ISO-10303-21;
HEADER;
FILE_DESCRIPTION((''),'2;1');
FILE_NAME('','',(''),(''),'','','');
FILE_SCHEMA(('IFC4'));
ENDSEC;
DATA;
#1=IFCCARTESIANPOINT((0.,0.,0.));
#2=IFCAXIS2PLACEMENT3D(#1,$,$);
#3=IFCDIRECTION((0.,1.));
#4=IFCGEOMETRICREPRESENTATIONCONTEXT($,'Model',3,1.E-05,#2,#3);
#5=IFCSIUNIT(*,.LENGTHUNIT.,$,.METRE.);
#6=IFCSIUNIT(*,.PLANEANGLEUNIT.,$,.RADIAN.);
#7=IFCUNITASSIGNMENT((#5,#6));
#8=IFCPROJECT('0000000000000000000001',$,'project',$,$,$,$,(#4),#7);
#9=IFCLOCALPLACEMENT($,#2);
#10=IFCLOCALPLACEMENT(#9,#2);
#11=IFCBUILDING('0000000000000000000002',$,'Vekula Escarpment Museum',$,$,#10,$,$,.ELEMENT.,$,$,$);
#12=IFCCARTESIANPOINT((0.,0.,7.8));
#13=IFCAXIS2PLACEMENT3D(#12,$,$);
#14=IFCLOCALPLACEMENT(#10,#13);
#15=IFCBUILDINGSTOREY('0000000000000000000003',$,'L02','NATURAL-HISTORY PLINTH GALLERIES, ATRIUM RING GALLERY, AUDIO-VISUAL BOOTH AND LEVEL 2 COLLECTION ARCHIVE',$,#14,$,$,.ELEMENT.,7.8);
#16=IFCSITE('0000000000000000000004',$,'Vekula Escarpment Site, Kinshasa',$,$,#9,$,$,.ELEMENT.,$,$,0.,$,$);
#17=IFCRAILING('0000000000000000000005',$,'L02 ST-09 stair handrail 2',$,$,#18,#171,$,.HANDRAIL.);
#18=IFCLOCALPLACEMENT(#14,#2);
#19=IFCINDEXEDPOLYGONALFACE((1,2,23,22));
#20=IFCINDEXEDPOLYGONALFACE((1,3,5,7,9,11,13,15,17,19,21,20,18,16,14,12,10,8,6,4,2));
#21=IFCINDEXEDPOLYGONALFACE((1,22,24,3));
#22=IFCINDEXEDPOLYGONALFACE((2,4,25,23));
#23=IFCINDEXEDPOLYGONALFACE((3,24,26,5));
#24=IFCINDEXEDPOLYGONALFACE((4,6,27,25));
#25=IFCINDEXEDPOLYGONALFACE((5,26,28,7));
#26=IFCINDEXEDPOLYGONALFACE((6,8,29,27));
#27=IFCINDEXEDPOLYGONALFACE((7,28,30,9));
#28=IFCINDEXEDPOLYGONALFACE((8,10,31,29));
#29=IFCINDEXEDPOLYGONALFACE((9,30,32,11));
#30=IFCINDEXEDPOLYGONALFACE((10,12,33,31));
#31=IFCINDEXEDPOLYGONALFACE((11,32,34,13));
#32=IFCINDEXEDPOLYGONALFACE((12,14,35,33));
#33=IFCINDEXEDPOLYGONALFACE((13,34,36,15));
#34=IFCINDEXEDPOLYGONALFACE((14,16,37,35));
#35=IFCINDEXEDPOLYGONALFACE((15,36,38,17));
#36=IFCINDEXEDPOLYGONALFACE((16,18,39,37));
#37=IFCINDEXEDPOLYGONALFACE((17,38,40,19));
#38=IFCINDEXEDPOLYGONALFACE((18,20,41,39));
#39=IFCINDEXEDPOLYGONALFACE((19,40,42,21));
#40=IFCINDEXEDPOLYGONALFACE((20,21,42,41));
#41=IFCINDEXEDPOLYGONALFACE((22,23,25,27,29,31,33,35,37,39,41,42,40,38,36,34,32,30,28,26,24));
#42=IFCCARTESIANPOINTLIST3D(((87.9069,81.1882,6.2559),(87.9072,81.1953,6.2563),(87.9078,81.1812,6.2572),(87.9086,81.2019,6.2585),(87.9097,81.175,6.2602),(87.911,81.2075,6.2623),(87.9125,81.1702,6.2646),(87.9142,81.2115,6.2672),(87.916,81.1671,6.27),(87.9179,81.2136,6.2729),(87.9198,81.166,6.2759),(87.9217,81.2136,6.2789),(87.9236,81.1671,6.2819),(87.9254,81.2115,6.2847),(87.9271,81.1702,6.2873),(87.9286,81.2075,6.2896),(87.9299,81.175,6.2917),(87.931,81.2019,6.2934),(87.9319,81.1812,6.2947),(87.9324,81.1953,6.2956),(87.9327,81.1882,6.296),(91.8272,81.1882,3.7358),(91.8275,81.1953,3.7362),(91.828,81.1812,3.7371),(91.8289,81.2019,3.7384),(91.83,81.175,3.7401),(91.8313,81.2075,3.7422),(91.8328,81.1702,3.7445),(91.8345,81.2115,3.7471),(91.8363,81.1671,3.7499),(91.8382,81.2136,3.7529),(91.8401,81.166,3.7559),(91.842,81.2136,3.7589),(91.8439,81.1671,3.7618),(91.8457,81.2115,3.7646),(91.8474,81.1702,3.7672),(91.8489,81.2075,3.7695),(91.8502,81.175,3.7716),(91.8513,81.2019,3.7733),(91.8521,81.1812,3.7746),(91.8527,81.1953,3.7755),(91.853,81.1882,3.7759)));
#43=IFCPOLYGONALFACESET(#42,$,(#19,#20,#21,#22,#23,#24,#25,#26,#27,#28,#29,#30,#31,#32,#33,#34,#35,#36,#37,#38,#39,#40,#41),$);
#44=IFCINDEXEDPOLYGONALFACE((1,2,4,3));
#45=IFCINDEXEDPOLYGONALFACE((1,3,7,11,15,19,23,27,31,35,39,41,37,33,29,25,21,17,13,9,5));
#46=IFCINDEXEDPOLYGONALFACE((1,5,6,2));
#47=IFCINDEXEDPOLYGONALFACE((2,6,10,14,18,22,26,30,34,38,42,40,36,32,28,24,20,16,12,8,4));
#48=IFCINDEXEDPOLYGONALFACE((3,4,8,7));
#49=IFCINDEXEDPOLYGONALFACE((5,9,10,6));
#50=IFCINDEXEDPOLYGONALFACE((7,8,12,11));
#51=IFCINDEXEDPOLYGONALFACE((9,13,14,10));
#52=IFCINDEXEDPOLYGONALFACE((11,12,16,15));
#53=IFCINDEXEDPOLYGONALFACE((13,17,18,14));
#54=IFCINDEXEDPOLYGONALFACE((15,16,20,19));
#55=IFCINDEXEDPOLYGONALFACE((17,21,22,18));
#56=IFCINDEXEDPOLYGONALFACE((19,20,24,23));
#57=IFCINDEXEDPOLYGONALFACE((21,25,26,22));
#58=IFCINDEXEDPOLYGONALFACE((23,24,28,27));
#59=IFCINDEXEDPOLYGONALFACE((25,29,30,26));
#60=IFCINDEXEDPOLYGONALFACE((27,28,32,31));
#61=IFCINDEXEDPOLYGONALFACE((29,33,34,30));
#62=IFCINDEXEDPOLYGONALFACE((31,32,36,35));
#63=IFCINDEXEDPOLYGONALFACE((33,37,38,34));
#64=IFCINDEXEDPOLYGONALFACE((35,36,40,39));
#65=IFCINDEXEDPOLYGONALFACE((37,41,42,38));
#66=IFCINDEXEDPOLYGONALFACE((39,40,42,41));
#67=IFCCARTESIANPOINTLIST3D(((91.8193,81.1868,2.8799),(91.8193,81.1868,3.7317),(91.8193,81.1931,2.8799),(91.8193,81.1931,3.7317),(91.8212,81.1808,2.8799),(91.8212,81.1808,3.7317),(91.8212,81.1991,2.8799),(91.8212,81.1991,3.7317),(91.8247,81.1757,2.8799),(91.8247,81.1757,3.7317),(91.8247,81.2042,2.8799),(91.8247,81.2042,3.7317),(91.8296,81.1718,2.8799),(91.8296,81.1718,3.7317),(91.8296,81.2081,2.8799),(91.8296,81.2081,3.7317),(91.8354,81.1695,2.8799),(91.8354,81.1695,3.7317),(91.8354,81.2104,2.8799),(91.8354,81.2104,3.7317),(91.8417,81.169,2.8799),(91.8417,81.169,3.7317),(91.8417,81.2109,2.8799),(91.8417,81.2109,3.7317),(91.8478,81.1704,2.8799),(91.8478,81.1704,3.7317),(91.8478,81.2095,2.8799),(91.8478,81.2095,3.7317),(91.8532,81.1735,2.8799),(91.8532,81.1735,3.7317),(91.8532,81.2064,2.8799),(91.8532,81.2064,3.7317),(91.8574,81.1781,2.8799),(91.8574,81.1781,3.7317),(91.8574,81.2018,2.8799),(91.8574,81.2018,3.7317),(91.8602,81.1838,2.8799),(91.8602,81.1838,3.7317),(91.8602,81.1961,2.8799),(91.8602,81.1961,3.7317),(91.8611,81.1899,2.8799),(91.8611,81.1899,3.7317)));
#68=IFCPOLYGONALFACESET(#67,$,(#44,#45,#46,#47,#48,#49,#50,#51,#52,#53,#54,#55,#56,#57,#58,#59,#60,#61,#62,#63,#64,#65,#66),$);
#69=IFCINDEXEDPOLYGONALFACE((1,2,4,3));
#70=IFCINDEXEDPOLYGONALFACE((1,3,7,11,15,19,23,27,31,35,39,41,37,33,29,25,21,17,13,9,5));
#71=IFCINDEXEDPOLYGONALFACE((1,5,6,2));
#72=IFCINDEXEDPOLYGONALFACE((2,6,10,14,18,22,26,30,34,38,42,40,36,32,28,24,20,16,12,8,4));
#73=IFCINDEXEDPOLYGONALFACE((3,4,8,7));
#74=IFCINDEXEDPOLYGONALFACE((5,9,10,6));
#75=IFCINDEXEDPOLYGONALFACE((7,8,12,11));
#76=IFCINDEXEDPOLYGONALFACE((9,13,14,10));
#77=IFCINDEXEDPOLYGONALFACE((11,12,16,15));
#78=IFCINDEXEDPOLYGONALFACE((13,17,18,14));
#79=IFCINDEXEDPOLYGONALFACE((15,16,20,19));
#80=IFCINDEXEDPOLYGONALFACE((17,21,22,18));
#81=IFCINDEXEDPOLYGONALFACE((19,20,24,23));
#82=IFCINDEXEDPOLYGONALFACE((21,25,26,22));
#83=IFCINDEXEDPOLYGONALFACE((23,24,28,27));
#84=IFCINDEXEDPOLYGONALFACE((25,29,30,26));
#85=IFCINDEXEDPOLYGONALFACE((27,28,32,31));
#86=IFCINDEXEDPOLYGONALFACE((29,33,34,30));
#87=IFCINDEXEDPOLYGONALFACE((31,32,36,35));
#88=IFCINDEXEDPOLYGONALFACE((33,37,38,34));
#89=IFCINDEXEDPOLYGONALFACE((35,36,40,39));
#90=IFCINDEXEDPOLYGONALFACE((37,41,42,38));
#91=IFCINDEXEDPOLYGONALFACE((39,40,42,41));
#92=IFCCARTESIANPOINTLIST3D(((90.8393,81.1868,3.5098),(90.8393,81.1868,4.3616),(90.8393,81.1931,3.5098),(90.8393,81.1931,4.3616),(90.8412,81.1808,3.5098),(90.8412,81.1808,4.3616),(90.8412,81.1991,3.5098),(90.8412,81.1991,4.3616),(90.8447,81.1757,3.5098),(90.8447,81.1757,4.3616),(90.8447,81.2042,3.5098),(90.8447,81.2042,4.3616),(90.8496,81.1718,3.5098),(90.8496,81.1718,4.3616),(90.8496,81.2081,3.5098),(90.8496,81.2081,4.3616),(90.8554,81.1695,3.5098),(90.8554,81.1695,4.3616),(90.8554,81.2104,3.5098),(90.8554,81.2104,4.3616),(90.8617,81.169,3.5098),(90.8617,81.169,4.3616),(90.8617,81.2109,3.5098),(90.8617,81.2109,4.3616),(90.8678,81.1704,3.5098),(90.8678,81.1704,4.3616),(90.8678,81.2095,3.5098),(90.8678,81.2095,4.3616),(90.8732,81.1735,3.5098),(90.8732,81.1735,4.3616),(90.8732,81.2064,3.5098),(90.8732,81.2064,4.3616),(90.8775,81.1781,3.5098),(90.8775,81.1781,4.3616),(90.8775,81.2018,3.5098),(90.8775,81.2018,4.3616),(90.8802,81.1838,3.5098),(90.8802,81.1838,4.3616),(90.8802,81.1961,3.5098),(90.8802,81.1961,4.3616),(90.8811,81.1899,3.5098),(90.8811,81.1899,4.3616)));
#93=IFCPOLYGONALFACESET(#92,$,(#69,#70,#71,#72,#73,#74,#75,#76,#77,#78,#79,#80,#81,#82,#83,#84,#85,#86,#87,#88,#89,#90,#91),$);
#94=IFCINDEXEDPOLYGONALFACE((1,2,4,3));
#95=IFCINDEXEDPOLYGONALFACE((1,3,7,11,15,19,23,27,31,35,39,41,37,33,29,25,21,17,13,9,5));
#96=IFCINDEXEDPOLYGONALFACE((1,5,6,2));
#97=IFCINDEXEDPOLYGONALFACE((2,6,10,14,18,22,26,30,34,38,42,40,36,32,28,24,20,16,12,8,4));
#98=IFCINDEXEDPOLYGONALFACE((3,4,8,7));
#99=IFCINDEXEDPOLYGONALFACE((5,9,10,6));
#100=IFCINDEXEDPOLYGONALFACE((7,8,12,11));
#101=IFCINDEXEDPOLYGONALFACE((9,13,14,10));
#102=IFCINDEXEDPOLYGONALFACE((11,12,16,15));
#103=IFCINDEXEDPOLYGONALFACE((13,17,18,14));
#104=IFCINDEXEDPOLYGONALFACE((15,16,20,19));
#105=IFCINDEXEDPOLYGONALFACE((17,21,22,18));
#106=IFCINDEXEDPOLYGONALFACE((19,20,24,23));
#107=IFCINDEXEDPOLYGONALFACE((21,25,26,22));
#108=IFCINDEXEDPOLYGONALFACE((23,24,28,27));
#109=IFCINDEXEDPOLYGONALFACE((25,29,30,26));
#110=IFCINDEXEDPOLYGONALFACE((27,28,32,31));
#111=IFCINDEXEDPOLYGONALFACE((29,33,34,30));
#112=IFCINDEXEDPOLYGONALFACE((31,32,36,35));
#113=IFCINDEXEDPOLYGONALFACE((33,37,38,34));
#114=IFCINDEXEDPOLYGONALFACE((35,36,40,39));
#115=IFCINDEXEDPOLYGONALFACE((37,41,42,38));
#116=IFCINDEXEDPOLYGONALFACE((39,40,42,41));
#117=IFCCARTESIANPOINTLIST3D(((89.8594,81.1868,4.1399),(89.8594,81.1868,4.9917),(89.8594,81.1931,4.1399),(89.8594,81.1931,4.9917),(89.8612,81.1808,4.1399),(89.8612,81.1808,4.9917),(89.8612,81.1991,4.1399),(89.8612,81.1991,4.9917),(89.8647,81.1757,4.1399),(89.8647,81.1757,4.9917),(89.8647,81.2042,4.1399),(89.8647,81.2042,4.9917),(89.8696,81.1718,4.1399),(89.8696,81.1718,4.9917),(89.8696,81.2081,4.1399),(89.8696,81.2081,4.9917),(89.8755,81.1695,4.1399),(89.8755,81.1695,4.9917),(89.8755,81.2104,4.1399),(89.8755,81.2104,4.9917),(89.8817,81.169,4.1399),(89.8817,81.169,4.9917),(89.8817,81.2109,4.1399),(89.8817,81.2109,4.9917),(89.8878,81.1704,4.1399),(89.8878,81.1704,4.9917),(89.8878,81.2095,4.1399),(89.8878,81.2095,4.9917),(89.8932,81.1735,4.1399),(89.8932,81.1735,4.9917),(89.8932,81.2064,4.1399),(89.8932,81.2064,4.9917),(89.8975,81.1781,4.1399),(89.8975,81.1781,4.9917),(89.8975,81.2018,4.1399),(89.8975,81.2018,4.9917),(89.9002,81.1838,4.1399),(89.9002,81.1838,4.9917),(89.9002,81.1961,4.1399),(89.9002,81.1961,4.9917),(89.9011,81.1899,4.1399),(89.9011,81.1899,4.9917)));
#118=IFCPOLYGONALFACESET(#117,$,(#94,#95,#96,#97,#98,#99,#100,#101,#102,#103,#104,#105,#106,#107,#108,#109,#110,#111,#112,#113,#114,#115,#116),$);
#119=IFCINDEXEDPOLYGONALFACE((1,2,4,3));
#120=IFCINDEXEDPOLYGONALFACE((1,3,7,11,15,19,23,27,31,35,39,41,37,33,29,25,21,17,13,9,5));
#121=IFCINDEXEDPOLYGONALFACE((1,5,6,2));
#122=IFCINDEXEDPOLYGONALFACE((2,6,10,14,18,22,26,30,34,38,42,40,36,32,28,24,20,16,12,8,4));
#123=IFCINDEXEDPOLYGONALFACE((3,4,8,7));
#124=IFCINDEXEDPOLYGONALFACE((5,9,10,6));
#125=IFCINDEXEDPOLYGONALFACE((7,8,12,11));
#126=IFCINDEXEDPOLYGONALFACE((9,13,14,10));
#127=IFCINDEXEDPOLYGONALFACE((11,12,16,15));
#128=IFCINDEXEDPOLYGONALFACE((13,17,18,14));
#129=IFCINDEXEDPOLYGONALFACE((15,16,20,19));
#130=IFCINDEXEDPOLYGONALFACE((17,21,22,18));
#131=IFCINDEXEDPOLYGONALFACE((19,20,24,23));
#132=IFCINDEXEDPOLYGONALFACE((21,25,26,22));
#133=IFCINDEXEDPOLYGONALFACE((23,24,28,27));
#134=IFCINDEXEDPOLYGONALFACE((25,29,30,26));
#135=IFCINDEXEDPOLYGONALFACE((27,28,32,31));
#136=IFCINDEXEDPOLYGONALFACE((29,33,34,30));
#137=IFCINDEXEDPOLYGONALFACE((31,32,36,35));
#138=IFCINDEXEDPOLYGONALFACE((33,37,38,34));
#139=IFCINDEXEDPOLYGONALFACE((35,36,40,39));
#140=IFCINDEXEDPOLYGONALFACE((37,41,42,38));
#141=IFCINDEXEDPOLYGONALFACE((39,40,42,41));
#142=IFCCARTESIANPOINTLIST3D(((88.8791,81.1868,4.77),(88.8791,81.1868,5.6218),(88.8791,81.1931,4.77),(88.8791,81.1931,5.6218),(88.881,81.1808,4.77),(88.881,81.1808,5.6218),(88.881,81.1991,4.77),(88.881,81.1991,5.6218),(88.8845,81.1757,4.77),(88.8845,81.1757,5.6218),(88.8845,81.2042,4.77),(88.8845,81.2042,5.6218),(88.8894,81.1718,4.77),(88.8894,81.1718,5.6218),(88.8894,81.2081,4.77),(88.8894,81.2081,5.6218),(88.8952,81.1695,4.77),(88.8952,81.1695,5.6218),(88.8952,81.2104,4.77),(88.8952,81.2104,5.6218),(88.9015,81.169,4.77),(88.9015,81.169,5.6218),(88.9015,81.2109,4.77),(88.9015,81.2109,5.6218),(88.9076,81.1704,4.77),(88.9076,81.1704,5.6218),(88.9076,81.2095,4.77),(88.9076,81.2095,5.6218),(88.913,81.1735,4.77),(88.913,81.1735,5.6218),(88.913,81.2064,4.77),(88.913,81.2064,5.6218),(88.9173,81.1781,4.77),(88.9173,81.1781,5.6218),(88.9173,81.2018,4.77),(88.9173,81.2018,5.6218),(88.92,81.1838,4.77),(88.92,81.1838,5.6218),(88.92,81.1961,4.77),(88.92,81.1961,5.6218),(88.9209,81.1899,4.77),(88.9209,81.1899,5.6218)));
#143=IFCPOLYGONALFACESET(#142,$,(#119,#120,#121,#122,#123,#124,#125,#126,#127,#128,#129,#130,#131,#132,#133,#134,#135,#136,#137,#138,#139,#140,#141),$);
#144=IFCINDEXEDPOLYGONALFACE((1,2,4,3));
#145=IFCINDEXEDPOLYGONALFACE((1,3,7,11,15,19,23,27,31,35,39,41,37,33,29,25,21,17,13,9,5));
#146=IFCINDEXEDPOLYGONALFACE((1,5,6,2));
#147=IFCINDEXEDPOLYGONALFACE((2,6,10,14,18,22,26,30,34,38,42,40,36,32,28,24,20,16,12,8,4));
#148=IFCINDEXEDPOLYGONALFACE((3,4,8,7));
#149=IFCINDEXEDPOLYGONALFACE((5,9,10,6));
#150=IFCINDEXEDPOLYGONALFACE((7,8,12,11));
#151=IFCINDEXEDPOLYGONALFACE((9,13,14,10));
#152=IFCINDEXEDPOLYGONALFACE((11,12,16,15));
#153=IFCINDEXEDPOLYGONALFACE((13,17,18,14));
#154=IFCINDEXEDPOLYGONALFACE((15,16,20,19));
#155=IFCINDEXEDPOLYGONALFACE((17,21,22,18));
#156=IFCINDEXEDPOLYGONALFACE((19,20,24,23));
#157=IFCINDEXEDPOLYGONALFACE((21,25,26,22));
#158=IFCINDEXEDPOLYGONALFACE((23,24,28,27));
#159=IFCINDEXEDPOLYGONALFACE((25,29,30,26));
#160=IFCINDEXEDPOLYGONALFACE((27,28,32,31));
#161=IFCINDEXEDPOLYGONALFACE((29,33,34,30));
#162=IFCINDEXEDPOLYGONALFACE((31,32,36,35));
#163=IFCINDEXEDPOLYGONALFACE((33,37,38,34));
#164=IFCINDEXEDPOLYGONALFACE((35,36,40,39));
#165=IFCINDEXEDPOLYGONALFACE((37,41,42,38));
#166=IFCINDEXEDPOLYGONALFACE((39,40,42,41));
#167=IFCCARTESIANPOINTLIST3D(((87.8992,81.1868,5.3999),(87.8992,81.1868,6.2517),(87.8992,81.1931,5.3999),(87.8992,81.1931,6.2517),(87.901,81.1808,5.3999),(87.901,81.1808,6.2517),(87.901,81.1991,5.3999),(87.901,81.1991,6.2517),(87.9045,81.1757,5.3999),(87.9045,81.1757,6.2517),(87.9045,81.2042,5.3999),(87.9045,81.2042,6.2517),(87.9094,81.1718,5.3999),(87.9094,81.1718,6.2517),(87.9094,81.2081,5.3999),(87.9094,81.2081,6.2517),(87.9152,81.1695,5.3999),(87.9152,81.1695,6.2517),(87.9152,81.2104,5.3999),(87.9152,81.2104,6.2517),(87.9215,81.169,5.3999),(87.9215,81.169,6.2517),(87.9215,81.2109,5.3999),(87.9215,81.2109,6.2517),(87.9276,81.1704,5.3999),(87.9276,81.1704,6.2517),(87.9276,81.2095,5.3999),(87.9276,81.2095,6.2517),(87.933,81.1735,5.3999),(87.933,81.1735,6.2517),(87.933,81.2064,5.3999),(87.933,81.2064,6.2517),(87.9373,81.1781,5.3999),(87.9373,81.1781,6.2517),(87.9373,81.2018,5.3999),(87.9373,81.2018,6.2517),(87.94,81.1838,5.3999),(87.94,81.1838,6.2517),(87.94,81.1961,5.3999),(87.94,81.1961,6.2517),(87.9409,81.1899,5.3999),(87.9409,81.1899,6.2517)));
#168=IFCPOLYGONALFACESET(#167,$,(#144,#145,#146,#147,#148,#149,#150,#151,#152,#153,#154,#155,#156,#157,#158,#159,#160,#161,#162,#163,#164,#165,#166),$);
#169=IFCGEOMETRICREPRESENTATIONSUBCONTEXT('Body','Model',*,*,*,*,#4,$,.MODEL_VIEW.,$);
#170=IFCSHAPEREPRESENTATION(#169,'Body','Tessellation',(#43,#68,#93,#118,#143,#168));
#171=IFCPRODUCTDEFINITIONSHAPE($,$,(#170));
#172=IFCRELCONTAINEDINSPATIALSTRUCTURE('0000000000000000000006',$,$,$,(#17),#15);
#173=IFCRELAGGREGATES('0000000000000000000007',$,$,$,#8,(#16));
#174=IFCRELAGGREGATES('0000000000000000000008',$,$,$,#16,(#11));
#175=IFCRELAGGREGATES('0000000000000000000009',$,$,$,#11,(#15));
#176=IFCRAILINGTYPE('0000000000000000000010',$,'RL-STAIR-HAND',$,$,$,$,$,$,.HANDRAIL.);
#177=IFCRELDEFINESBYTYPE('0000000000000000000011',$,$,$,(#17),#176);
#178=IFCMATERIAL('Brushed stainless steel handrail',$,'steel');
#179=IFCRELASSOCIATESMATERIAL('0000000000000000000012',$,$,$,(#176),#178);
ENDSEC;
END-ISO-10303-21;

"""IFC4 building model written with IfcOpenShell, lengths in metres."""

from ifc_helpers import new_model, si_unit, direction, frame, origin, origin_2d, place, context, subcontext, project, spatial, circle, extrude, material, type_object, element, save


model = new_model("IFC4")

# Units and contexts
model_context = context("Model", 3, precision=1e-05, world=origin(), true_north=direction((0.0, 1.0)))
body_context = subcontext(model_context, "Body", "Model", "MODEL_VIEW")
ifc_project = project(units=[si_unit("LENGTHUNIT", "METRE"), si_unit("PLANEANGLEUNIT", "RADIAN")], contexts=[model_context])

# Site, building, storey
site_placement = place(None, origin())
site = spatial("IfcSite", under=ifc_project, at=site_placement, Name="Vekula Escarpment Site, Kinshasa", CompositionType="ELEMENT", RefElevation=0.0)
building_placement = place(site_placement, origin())
building = spatial("IfcBuilding", under=site, at=building_placement, Name="Vekula Escarpment Museum", CompositionType="ELEMENT")
storey_placement = place(building_placement, frame((0.0, 0.0, 7.8)))
storey = spatial("IfcBuildingStorey", under=building, at=storey_placement, Name="L02", Description="NATURAL-HISTORY PLINTH GALLERIES, ATRIUM RING GALLERY, AUDIO-VISUAL BOOTH AND LEVEL 2 COLLECTION ARCHIVE", CompositionType="ELEMENT", Elevation=7.8)

# Railing
ifc_material_1 = material(Name="Brushed stainless steel handrail", Category="steel")
railing_type_1 = type_object("IfcRailingType", Name="RL-STAIR-HAND", PredefinedType="HANDRAIL", material=ifc_material_1)
railing_1_placement = place(storey_placement, frame((91.8401, 81.1899, 2.8799)))
element("IfcRailing", 1, at=railing_1_placement, inside=storey, type_object=railing_type_1, Name="L02 ST-09 stair handrail 2", PredefinedType="HANDRAIL", context=body_context, shape_type="SweptSolid", body=[
    extrude(circle(Radius=0.0239, at=origin_2d()), frame((0.0, 0.0, 0.876), z_axis=(-0.841187, 0.0, 0.540744), x_axis=(0.0, -1.0, 0.0)), (0.0, 0.0, 1.0), 4.6604),
    extrude(circle(Radius=0.021, at=origin_2d()), origin(), (0.0, 0.0, 1.0), 0.8518),
    extrude(circle(Radius=0.021, at=origin_2d()), frame((-0.98, 0.0, 0.6299)), (0.0, 0.0, 1.0), 0.8518),
    extrude(circle(Radius=0.021, at=origin_2d()), frame((-1.96, 0.0, 1.26)), (0.0, 0.0, 1.0), 0.8518),
    extrude(circle(Radius=0.021, at=origin_2d()), frame((-2.9402, 0.0, 1.8901)), (0.0, 0.0, 1.0), 0.8518),
    extrude(circle(Radius=0.021, at=origin_2d()), frame((-3.9202, 0.0, 2.52)), (0.0, 0.0, 1.0), 0.8518),
])

save(model, "model.ifc")
